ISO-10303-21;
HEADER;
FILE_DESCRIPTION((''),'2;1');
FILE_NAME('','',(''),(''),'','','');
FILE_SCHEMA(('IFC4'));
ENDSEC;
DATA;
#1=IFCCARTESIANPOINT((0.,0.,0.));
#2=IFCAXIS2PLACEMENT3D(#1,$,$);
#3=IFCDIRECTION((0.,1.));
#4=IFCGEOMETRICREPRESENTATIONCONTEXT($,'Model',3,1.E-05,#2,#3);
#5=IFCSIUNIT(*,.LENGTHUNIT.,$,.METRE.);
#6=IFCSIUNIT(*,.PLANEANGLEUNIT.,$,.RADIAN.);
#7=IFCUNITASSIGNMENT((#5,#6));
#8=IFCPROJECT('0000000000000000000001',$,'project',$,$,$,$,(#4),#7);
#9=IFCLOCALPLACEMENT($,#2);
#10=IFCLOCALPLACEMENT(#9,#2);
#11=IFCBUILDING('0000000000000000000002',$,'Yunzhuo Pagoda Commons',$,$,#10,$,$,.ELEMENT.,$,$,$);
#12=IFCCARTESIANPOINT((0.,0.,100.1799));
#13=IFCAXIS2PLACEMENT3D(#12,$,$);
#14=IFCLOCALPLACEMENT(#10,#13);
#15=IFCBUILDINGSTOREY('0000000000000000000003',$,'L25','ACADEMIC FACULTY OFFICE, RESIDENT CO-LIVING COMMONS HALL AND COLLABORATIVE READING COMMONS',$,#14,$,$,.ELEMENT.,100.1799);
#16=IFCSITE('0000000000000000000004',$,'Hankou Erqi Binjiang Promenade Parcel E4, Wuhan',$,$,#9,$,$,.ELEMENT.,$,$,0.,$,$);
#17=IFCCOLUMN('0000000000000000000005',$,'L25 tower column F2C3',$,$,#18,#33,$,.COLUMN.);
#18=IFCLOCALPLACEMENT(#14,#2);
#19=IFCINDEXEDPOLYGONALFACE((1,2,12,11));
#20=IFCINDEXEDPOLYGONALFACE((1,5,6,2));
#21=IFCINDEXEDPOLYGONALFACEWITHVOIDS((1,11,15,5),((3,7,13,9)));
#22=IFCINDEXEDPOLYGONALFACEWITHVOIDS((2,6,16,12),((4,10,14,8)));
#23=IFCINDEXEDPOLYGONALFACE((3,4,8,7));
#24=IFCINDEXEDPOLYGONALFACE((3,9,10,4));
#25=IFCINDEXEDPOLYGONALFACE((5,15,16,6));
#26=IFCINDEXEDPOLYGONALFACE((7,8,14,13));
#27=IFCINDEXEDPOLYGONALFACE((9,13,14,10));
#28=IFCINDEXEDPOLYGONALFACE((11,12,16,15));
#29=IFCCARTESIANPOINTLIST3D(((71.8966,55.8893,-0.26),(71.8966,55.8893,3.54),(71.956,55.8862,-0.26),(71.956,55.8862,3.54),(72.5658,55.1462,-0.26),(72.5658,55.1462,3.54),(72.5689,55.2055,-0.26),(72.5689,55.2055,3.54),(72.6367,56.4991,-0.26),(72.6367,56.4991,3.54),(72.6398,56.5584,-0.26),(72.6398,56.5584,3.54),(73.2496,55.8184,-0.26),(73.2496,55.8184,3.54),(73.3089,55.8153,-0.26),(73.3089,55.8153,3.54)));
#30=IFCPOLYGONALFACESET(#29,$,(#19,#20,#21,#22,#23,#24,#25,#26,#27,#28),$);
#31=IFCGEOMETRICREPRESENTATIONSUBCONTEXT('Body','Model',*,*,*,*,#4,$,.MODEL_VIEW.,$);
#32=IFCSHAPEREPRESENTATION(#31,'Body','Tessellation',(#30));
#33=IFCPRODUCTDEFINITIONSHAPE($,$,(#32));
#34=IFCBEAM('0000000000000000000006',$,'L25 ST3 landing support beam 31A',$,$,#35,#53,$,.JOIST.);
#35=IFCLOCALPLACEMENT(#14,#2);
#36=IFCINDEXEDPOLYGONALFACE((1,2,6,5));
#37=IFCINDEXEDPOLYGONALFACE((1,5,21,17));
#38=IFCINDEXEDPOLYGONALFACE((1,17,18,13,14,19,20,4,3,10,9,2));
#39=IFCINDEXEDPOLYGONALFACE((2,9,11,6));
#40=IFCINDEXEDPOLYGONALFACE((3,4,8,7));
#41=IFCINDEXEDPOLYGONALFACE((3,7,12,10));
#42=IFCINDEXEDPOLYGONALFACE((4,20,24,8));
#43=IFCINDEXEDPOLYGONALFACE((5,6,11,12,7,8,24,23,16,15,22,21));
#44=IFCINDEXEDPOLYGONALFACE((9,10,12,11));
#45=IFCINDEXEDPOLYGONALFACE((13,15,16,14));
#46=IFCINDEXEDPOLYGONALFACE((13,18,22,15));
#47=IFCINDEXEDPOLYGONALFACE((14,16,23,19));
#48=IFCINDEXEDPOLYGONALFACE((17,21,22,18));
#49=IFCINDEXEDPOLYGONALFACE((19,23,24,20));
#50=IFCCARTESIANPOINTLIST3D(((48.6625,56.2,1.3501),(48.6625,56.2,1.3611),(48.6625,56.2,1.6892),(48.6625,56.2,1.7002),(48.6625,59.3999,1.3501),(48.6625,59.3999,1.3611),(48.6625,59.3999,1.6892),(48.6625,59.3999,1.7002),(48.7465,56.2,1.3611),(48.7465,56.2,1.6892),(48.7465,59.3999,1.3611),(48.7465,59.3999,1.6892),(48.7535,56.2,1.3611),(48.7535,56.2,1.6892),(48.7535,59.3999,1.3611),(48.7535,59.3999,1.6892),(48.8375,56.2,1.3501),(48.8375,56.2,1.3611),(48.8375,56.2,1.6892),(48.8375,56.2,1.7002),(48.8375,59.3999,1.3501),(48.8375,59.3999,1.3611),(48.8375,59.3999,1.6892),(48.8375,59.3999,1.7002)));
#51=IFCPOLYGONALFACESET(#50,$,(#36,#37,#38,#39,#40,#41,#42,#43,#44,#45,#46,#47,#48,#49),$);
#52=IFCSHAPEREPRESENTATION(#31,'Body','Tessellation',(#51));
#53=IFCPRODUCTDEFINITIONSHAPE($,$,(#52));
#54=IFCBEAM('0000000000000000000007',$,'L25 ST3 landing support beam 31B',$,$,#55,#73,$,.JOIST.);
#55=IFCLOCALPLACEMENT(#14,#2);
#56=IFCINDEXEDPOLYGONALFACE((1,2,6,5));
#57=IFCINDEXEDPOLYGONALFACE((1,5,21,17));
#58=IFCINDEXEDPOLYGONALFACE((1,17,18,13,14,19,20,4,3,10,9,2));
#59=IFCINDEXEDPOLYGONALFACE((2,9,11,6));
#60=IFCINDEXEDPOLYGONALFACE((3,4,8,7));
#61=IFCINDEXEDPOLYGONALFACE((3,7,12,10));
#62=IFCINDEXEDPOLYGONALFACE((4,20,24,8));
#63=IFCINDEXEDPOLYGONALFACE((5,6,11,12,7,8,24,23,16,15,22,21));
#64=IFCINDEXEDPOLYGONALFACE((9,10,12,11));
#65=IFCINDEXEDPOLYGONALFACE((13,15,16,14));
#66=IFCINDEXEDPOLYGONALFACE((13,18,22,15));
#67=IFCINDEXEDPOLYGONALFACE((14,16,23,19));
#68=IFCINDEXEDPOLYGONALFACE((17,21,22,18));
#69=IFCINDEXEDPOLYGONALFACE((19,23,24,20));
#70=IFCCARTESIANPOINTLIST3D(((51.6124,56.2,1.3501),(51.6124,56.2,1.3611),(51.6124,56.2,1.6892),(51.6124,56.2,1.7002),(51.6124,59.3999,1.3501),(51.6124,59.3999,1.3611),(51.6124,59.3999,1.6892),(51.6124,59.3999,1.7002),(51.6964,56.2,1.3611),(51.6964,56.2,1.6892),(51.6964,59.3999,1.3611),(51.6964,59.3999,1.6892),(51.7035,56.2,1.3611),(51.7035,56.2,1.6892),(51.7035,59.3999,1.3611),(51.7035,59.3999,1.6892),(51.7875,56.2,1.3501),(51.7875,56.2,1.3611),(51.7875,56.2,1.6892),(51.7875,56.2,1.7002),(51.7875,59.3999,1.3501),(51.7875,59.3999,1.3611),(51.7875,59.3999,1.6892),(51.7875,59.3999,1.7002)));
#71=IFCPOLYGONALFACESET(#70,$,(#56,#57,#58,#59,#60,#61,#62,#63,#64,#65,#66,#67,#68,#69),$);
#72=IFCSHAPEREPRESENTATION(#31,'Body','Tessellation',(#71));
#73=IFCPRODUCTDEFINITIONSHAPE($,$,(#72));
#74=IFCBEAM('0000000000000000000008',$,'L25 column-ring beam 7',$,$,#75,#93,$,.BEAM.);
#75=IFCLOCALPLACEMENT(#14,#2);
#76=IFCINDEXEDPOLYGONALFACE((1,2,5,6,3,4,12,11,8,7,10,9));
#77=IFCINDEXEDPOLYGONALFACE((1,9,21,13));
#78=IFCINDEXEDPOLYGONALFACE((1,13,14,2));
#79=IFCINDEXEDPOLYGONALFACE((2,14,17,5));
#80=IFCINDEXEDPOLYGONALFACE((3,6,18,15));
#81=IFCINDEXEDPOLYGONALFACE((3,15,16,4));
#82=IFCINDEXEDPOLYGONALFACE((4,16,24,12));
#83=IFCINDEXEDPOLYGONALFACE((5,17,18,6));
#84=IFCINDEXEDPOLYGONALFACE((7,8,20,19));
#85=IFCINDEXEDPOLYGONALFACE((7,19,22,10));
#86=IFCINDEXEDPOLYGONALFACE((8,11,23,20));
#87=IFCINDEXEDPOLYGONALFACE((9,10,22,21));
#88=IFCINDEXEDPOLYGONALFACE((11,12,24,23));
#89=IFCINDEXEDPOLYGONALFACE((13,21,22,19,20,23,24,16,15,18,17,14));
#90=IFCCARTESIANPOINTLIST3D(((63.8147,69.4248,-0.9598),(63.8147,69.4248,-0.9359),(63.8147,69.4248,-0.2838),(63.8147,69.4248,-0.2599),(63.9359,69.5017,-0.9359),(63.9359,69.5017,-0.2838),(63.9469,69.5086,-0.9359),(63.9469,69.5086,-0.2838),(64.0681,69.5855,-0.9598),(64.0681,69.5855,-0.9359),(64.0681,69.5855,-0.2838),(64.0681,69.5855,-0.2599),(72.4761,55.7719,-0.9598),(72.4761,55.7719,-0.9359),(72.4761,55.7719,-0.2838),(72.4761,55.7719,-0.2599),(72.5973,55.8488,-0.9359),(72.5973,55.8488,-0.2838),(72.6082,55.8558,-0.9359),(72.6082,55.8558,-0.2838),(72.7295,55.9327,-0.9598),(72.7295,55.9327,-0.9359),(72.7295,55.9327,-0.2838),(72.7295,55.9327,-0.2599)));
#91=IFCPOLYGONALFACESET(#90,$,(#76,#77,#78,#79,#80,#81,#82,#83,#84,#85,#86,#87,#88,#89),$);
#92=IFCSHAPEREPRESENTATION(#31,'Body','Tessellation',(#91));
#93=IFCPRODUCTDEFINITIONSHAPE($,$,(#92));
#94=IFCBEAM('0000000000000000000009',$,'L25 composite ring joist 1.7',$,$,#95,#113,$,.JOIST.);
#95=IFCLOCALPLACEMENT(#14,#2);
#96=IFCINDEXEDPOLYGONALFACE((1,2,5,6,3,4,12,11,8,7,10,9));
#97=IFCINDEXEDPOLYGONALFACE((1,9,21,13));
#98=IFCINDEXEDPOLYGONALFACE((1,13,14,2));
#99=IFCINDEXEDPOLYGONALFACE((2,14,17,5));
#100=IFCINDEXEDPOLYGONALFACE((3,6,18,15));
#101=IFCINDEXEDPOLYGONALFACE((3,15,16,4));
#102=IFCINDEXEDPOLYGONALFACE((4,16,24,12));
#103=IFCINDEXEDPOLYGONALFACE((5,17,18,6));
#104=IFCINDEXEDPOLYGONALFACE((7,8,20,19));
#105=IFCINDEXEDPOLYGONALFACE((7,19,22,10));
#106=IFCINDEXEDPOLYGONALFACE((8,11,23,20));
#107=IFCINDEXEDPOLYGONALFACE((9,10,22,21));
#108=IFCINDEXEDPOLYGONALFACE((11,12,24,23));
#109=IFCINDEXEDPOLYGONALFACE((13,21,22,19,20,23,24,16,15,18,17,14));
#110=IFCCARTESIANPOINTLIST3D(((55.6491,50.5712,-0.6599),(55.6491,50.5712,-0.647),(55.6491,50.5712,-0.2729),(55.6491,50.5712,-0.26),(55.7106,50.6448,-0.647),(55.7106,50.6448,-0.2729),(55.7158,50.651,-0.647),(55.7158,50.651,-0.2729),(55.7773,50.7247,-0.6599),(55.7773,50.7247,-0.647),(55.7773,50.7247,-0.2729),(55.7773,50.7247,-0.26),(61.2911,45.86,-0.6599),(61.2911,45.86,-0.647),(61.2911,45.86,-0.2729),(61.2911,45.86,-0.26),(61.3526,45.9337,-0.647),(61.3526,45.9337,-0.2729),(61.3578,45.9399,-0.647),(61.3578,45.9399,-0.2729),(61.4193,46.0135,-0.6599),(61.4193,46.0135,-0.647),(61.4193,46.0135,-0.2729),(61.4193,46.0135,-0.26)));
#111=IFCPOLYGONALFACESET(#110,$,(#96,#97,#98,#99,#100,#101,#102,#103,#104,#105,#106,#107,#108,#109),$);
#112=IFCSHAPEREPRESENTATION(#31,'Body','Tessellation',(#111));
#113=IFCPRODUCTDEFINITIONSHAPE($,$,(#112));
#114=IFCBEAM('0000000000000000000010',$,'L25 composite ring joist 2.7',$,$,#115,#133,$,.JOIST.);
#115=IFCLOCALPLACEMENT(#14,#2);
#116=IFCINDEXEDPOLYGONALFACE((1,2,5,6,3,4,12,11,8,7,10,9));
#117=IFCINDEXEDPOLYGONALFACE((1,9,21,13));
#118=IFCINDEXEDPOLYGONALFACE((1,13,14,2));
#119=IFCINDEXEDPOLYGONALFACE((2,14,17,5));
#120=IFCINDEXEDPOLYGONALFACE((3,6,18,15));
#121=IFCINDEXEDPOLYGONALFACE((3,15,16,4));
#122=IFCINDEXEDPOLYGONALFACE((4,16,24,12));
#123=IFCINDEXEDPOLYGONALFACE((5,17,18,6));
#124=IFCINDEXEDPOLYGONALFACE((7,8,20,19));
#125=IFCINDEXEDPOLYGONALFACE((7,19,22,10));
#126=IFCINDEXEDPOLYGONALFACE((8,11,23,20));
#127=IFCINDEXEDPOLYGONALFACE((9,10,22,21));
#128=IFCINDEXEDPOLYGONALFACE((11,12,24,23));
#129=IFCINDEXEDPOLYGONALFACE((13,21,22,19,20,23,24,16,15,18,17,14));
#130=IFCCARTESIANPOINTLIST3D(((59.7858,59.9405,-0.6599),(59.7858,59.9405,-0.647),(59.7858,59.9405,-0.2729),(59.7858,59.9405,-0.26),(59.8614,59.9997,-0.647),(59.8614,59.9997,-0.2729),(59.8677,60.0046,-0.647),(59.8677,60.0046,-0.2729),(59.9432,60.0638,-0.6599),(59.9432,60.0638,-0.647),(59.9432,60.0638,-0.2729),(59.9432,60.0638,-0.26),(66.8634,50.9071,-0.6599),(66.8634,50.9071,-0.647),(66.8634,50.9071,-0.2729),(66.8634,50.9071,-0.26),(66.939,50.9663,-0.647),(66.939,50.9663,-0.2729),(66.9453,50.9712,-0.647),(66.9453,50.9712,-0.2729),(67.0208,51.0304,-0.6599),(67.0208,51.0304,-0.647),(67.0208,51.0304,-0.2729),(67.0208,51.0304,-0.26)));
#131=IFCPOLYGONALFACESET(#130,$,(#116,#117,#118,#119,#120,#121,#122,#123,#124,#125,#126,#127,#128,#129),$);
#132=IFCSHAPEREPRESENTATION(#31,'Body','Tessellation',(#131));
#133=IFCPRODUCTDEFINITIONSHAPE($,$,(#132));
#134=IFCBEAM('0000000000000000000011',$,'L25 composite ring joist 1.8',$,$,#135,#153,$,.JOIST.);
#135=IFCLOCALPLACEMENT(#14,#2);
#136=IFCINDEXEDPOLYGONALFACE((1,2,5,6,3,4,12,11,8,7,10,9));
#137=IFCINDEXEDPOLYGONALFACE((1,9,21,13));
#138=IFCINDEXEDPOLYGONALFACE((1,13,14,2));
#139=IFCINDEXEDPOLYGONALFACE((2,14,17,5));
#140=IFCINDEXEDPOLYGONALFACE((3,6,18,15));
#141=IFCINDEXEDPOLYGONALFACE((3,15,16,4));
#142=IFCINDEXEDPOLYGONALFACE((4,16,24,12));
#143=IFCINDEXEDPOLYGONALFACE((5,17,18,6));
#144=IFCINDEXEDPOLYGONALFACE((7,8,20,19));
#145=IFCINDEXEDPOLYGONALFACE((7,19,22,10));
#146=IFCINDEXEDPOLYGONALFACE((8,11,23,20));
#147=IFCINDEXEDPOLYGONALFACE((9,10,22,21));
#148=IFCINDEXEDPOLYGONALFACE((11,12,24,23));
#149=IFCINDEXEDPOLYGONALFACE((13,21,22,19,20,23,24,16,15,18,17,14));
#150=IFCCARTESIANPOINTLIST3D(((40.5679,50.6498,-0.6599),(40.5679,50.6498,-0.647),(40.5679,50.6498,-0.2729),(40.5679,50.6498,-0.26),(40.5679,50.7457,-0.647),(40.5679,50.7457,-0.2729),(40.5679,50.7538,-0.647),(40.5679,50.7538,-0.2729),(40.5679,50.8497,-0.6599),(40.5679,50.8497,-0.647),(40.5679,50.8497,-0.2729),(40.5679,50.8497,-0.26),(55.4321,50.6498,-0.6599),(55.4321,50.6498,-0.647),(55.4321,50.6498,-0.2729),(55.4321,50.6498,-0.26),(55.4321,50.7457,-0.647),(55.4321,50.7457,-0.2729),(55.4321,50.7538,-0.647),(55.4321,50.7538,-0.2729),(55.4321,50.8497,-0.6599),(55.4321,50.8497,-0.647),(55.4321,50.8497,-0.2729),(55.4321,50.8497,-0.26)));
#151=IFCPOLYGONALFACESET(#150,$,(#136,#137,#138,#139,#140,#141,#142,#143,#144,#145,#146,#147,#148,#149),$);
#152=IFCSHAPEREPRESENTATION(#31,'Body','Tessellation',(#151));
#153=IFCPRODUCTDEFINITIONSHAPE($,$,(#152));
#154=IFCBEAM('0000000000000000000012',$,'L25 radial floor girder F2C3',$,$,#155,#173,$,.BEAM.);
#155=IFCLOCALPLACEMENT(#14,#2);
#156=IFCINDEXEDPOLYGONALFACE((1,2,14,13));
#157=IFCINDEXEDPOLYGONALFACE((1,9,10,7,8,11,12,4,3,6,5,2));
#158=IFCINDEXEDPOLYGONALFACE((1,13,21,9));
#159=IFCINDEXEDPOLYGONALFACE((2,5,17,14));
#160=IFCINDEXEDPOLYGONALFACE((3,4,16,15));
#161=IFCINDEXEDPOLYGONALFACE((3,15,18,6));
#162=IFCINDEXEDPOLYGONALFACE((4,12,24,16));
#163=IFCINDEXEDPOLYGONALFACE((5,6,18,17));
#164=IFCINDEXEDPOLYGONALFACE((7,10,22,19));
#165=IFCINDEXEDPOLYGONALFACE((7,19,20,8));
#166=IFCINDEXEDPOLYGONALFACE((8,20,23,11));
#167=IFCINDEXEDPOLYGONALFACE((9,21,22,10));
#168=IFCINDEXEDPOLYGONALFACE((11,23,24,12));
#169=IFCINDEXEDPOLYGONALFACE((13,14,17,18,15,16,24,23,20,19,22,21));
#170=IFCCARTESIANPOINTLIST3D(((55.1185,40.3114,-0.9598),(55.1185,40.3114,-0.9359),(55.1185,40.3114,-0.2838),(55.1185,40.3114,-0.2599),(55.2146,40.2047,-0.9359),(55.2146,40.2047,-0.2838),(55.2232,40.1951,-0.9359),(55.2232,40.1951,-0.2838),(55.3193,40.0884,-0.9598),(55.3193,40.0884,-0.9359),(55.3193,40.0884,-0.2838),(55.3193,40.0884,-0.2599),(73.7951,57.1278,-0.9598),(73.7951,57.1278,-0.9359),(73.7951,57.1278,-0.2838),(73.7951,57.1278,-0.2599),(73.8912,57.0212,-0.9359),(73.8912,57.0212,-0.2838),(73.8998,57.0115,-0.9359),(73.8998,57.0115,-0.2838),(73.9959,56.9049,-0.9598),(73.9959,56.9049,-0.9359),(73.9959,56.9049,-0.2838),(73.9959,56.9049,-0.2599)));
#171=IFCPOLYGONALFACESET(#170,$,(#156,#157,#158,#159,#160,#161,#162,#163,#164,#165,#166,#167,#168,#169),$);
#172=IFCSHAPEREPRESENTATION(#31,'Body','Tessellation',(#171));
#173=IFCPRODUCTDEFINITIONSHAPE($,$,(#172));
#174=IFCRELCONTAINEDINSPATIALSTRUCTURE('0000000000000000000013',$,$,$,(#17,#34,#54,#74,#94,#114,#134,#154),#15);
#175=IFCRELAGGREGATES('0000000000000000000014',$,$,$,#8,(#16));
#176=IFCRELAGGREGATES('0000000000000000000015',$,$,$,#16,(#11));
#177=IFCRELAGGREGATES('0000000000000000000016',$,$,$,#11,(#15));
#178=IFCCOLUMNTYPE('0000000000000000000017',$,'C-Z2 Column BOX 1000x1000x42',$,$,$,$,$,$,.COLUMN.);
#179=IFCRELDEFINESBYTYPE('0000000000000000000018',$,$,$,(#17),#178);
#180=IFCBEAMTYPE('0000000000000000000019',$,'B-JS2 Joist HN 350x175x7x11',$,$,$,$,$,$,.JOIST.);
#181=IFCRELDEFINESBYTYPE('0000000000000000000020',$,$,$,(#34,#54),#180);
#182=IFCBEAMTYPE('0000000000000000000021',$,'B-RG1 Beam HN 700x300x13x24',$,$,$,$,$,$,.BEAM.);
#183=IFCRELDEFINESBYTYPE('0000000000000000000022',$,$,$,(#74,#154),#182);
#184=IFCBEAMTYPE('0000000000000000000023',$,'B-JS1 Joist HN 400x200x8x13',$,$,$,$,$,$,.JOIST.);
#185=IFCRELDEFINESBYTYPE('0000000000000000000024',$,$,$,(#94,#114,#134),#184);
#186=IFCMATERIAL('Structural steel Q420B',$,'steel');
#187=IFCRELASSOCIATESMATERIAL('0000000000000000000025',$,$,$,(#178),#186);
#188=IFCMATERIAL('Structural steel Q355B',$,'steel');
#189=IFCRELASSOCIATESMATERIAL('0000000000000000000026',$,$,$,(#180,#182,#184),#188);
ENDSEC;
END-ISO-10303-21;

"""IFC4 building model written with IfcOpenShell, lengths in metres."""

from ifc_helpers import new_model, si_unit, direction, frame, origin, origin_2d, place, context, subcontext, project, spatial, hollow_rectangle, i_section, extrude, source, transform, mapped, material, material_profile, profile_set, type_object, element, save


model = new_model("IFC4")

# Units and contexts
model_context = context("Model", 3, precision=1e-05, world=origin(), true_north=direction((0.0, 1.0)))
body_context = subcontext(model_context, "Body", "Model", "MODEL_VIEW")
ifc_project = project(units=[si_unit("LENGTHUNIT", "METRE"), si_unit("PLANEANGLEUNIT", "RADIAN")], contexts=[model_context])

# Site, building, storey
site_placement = place(None, origin())
site = spatial("IfcSite", under=ifc_project, at=site_placement, Name="Hankou Erqi Binjiang Promenade Parcel E4, Wuhan", CompositionType="ELEMENT", RefElevation=0.0)
building_placement = place(site_placement, origin())
building = spatial("IfcBuilding", under=site, at=building_placement, Name="Yunzhuo Pagoda Commons", CompositionType="ELEMENT")
storey_placement = place(building_placement, frame((0.0, 0.0, 100.1799)))
storey = spatial("IfcBuildingStorey", under=building, at=storey_placement, Name="L25", Description="ACADEMIC FACULTY OFFICE, RESIDENT CO-LIVING COMMONS HALL AND COLLABORATIVE READING COMMONS", CompositionType="ELEMENT", Elevation=100.1799)

# Column
ifc_material_1 = material(Name="Structural steel Q420B", Category="steel")
ifc_material_profile_1 = material_profile(ifc_material_1, hollow_rectangle(XDim=1.0, YDim=1.0, WallThickness=0.042, at=origin_2d()), Name="Structural steel Q420B")
ifc_profile_set_1 = profile_set([ifc_material_profile_1], Name="Structural steel Q420B")
column_type = type_object("IfcColumnType", Name="C-Z2 Column BOX 1000x1000x42", PredefinedType="COLUMN", material=ifc_profile_set_1)
shared_shape_1 = source(origin(), body_context, "Body", "SweptSolid", [
    extrude(hollow_rectangle(XDim=1.0, YDim=1.0, WallThickness=0.042, at=origin_2d()), origin(), (0.0, 0.0, 1.0), 3.8),
])
column_placement = place(storey_placement, frame((72.6028, 55.8523, -0.26), z_axis=(0.0, 0.0, 1.0), x_axis=(-0.669131, 0.743145, 0.0)))
element("IfcColumn", 1, at=column_placement, inside=storey, type_object=column_type, Name="L25 tower column F2C3", PredefinedType="COLUMN", context=body_context, shape_type="MappedRepresentation", body=[
    mapped(shared_shape_1, transform((0.0, 0.0, 0.0), scale=1.0)),
])

# Beams
ifc_material_2 = material(Name="Structural steel Q355B", Category="steel")
ifc_material_profile_2 = material_profile(ifc_material_2, i_section(OverallWidth=0.175, OverallDepth=0.3501, WebThickness=0.0071, FlangeThickness=0.011, at=origin_2d()), Name="Structural steel Q355B")
ifc_profile_set_2 = profile_set([ifc_material_profile_2], Name="Structural steel Q355B")
beam_type_1 = type_object("IfcBeamType", Name="B-JS2 Joist HN 350x175x7x11", PredefinedType="JOIST", material=ifc_profile_set_2)
shared_shape_2 = source(origin(), body_context, "Body", "SweptSolid", [
    extrude(i_section(OverallWidth=0.175, OverallDepth=0.3501, WebThickness=0.0071, FlangeThickness=0.011, at=origin_2d()), origin(), (0.0, 0.0, 1.0), 3.2),
])
for number, where, z_axis, x_axis, name in (
    (2, (48.75, 56.2, 1.5251), (0.0, 1.0, 0.0), (-1.0, 0.0, 0.0), "L25 ST3 landing support beam 31A"),
    (3, (51.7, 56.2, 1.5251), (0.0, 1.0, 0.0), (-1.0, 0.0, 0.0), "L25 ST3 landing support beam 31B"),
):
    element("IfcBeam", number, at=place(storey_placement, frame(where, z_axis=z_axis, x_axis=x_axis)), inside=storey, type_object=beam_type_1, Name=name, PredefinedType="JOIST", context=body_context, shape_type="MappedRepresentation", body=[
        mapped(shared_shape_2, transform((0.0, 0.0, 0.0), scale=1.0)),
    ])
ifc_material_profile_3 = material_profile(ifc_material_2, i_section(OverallWidth=0.3, OverallDepth=0.7, WebThickness=0.0129, FlangeThickness=0.0239, at=origin_2d()), Name="Structural steel Q355B")
ifc_profile_set_3 = profile_set([ifc_material_profile_3], Name="Structural steel Q355B")
beam_type_2 = type_object("IfcBeamType", Name="B-RG1 Beam HN 700x300x13x24", PredefinedType="BEAM", material=ifc_profile_set_3)
shared_shape_3 = source(origin(), body_context, "Body", "SweptSolid", [
    extrude(i_section(OverallWidth=0.3, OverallDepth=0.7, WebThickness=0.0129, FlangeThickness=0.0239, at=origin_2d()), origin(), (0.0, 0.0, 1.0), 16.1685),
])
beam_1_placement = place(storey_placement, frame((72.6028, 55.8523, -0.6099), z_axis=(-0.535696, 0.844411, 0.0), x_axis=(-0.844411, -0.535696, 0.0)))
element("IfcBeam", 4, at=beam_1_placement, inside=storey, type_object=beam_type_2, Name="L25 column-ring beam 7", PredefinedType="BEAM", context=body_context, shape_type="MappedRepresentation", body=[
    mapped(shared_shape_3, transform((0.0, 0.0, 0.0), scale=1.0)),
])
ifc_material_profile_4 = material_profile(ifc_material_2, i_section(OverallWidth=0.2, OverallDepth=0.3999, WebThickness=0.0081, FlangeThickness=0.0129, at=origin_2d()), Name="Structural steel Q355B")
ifc_profile_set_4 = profile_set([ifc_material_profile_4], Name="Structural steel Q355B")
beam_type_3 = type_object("IfcBeamType", Name="B-JS1 Joist HN 400x200x8x13", PredefinedType="JOIST", material=ifc_profile_set_4)
shared_shape_4 = source(origin(), body_context, "Body", "SweptSolid", [
    extrude(i_section(OverallWidth=0.2, OverallDepth=0.3999, WebThickness=0.0081, FlangeThickness=0.0129, at=origin_2d()), origin(), (0.0, 0.0, 1.0), 7.3503),
])
beam_2_placement = place(storey_placement, frame((61.3552, 45.9368, -0.46), z_axis=(-0.767589, 0.640942, 0.0), x_axis=(-0.640942, -0.767589, 0.0)))
element("IfcBeam", 5, at=beam_2_placement, inside=storey, type_object=beam_type_3, Name="L25 composite ring joist 1.7", PredefinedType="JOIST", context=body_context, shape_type="MappedRepresentation", body=[
    mapped(shared_shape_4, transform((0.0, 0.0, 0.0), scale=1.0)),
])
shared_shape_5 = source(origin(), body_context, "Body", "SweptSolid", [
    extrude(i_section(OverallWidth=0.2, OverallDepth=0.3999, WebThickness=0.0081, FlangeThickness=0.0129, at=origin_2d()), origin(), (0.0, 0.0, 1.0), 11.4758),
])
beam_3_placement = place(storey_placement, frame((66.9421, 50.9688, -0.46), z_axis=(-0.61674, 0.787167, 0.0), x_axis=(-0.787167, -0.61674, 0.0)))
element("IfcBeam", 6, at=beam_3_placement, inside=storey, type_object=beam_type_3, Name="L25 composite ring joist 2.7", PredefinedType="JOIST", context=body_context, shape_type="MappedRepresentation", body=[
    mapped(shared_shape_5, transform((0.0, 0.0, 0.0), scale=1.0)),
])
shared_shape_6 = source(origin(), body_context, "Body", "SweptSolid", [
    extrude(i_section(OverallWidth=0.2, OverallDepth=0.3999, WebThickness=0.0081, FlangeThickness=0.0129, at=origin_2d()), origin(), (0.0, 0.0, 1.0), 14.8643),
])
beam_4_placement = place(storey_placement, frame((55.4321, 50.7498, -0.46), z_axis=(-1.0, 0.0, 0.0), x_axis=(0.0, -1.0, 0.0)))
element("IfcBeam", 7, at=beam_4_placement, inside=storey, type_object=beam_type_3, Name="L25 composite ring joist 1.8", PredefinedType="JOIST", context=body_context, shape_type="MappedRepresentation", body=[
    mapped(shared_shape_6, transform((0.0, 0.0, 0.0), scale=1.0)),
])
shared_shape_7 = source(origin(), body_context, "Body", "SweptSolid", [
    extrude(i_section(OverallWidth=0.3, OverallDepth=0.7, WebThickness=0.0129, FlangeThickness=0.0239, at=origin_2d()), origin(), (0.0, 0.0, 1.0), 25.1318),
])
beam_5_placement = place(storey_placement, frame((73.8955, 57.0164, -0.6099), z_axis=(-0.743145, -0.669131, 0.0), x_axis=(0.669131, -0.743145, 0.0)))
element("IfcBeam", 8, at=beam_5_placement, inside=storey, type_object=beam_type_2, Name="L25 radial floor girder F2C3", PredefinedType="BEAM", context=body_context, shape_type="MappedRepresentation", body=[
    mapped(shared_shape_7, transform((0.0, 0.0, 0.0), scale=1.0)),
])

save(model, "model.ifc")
